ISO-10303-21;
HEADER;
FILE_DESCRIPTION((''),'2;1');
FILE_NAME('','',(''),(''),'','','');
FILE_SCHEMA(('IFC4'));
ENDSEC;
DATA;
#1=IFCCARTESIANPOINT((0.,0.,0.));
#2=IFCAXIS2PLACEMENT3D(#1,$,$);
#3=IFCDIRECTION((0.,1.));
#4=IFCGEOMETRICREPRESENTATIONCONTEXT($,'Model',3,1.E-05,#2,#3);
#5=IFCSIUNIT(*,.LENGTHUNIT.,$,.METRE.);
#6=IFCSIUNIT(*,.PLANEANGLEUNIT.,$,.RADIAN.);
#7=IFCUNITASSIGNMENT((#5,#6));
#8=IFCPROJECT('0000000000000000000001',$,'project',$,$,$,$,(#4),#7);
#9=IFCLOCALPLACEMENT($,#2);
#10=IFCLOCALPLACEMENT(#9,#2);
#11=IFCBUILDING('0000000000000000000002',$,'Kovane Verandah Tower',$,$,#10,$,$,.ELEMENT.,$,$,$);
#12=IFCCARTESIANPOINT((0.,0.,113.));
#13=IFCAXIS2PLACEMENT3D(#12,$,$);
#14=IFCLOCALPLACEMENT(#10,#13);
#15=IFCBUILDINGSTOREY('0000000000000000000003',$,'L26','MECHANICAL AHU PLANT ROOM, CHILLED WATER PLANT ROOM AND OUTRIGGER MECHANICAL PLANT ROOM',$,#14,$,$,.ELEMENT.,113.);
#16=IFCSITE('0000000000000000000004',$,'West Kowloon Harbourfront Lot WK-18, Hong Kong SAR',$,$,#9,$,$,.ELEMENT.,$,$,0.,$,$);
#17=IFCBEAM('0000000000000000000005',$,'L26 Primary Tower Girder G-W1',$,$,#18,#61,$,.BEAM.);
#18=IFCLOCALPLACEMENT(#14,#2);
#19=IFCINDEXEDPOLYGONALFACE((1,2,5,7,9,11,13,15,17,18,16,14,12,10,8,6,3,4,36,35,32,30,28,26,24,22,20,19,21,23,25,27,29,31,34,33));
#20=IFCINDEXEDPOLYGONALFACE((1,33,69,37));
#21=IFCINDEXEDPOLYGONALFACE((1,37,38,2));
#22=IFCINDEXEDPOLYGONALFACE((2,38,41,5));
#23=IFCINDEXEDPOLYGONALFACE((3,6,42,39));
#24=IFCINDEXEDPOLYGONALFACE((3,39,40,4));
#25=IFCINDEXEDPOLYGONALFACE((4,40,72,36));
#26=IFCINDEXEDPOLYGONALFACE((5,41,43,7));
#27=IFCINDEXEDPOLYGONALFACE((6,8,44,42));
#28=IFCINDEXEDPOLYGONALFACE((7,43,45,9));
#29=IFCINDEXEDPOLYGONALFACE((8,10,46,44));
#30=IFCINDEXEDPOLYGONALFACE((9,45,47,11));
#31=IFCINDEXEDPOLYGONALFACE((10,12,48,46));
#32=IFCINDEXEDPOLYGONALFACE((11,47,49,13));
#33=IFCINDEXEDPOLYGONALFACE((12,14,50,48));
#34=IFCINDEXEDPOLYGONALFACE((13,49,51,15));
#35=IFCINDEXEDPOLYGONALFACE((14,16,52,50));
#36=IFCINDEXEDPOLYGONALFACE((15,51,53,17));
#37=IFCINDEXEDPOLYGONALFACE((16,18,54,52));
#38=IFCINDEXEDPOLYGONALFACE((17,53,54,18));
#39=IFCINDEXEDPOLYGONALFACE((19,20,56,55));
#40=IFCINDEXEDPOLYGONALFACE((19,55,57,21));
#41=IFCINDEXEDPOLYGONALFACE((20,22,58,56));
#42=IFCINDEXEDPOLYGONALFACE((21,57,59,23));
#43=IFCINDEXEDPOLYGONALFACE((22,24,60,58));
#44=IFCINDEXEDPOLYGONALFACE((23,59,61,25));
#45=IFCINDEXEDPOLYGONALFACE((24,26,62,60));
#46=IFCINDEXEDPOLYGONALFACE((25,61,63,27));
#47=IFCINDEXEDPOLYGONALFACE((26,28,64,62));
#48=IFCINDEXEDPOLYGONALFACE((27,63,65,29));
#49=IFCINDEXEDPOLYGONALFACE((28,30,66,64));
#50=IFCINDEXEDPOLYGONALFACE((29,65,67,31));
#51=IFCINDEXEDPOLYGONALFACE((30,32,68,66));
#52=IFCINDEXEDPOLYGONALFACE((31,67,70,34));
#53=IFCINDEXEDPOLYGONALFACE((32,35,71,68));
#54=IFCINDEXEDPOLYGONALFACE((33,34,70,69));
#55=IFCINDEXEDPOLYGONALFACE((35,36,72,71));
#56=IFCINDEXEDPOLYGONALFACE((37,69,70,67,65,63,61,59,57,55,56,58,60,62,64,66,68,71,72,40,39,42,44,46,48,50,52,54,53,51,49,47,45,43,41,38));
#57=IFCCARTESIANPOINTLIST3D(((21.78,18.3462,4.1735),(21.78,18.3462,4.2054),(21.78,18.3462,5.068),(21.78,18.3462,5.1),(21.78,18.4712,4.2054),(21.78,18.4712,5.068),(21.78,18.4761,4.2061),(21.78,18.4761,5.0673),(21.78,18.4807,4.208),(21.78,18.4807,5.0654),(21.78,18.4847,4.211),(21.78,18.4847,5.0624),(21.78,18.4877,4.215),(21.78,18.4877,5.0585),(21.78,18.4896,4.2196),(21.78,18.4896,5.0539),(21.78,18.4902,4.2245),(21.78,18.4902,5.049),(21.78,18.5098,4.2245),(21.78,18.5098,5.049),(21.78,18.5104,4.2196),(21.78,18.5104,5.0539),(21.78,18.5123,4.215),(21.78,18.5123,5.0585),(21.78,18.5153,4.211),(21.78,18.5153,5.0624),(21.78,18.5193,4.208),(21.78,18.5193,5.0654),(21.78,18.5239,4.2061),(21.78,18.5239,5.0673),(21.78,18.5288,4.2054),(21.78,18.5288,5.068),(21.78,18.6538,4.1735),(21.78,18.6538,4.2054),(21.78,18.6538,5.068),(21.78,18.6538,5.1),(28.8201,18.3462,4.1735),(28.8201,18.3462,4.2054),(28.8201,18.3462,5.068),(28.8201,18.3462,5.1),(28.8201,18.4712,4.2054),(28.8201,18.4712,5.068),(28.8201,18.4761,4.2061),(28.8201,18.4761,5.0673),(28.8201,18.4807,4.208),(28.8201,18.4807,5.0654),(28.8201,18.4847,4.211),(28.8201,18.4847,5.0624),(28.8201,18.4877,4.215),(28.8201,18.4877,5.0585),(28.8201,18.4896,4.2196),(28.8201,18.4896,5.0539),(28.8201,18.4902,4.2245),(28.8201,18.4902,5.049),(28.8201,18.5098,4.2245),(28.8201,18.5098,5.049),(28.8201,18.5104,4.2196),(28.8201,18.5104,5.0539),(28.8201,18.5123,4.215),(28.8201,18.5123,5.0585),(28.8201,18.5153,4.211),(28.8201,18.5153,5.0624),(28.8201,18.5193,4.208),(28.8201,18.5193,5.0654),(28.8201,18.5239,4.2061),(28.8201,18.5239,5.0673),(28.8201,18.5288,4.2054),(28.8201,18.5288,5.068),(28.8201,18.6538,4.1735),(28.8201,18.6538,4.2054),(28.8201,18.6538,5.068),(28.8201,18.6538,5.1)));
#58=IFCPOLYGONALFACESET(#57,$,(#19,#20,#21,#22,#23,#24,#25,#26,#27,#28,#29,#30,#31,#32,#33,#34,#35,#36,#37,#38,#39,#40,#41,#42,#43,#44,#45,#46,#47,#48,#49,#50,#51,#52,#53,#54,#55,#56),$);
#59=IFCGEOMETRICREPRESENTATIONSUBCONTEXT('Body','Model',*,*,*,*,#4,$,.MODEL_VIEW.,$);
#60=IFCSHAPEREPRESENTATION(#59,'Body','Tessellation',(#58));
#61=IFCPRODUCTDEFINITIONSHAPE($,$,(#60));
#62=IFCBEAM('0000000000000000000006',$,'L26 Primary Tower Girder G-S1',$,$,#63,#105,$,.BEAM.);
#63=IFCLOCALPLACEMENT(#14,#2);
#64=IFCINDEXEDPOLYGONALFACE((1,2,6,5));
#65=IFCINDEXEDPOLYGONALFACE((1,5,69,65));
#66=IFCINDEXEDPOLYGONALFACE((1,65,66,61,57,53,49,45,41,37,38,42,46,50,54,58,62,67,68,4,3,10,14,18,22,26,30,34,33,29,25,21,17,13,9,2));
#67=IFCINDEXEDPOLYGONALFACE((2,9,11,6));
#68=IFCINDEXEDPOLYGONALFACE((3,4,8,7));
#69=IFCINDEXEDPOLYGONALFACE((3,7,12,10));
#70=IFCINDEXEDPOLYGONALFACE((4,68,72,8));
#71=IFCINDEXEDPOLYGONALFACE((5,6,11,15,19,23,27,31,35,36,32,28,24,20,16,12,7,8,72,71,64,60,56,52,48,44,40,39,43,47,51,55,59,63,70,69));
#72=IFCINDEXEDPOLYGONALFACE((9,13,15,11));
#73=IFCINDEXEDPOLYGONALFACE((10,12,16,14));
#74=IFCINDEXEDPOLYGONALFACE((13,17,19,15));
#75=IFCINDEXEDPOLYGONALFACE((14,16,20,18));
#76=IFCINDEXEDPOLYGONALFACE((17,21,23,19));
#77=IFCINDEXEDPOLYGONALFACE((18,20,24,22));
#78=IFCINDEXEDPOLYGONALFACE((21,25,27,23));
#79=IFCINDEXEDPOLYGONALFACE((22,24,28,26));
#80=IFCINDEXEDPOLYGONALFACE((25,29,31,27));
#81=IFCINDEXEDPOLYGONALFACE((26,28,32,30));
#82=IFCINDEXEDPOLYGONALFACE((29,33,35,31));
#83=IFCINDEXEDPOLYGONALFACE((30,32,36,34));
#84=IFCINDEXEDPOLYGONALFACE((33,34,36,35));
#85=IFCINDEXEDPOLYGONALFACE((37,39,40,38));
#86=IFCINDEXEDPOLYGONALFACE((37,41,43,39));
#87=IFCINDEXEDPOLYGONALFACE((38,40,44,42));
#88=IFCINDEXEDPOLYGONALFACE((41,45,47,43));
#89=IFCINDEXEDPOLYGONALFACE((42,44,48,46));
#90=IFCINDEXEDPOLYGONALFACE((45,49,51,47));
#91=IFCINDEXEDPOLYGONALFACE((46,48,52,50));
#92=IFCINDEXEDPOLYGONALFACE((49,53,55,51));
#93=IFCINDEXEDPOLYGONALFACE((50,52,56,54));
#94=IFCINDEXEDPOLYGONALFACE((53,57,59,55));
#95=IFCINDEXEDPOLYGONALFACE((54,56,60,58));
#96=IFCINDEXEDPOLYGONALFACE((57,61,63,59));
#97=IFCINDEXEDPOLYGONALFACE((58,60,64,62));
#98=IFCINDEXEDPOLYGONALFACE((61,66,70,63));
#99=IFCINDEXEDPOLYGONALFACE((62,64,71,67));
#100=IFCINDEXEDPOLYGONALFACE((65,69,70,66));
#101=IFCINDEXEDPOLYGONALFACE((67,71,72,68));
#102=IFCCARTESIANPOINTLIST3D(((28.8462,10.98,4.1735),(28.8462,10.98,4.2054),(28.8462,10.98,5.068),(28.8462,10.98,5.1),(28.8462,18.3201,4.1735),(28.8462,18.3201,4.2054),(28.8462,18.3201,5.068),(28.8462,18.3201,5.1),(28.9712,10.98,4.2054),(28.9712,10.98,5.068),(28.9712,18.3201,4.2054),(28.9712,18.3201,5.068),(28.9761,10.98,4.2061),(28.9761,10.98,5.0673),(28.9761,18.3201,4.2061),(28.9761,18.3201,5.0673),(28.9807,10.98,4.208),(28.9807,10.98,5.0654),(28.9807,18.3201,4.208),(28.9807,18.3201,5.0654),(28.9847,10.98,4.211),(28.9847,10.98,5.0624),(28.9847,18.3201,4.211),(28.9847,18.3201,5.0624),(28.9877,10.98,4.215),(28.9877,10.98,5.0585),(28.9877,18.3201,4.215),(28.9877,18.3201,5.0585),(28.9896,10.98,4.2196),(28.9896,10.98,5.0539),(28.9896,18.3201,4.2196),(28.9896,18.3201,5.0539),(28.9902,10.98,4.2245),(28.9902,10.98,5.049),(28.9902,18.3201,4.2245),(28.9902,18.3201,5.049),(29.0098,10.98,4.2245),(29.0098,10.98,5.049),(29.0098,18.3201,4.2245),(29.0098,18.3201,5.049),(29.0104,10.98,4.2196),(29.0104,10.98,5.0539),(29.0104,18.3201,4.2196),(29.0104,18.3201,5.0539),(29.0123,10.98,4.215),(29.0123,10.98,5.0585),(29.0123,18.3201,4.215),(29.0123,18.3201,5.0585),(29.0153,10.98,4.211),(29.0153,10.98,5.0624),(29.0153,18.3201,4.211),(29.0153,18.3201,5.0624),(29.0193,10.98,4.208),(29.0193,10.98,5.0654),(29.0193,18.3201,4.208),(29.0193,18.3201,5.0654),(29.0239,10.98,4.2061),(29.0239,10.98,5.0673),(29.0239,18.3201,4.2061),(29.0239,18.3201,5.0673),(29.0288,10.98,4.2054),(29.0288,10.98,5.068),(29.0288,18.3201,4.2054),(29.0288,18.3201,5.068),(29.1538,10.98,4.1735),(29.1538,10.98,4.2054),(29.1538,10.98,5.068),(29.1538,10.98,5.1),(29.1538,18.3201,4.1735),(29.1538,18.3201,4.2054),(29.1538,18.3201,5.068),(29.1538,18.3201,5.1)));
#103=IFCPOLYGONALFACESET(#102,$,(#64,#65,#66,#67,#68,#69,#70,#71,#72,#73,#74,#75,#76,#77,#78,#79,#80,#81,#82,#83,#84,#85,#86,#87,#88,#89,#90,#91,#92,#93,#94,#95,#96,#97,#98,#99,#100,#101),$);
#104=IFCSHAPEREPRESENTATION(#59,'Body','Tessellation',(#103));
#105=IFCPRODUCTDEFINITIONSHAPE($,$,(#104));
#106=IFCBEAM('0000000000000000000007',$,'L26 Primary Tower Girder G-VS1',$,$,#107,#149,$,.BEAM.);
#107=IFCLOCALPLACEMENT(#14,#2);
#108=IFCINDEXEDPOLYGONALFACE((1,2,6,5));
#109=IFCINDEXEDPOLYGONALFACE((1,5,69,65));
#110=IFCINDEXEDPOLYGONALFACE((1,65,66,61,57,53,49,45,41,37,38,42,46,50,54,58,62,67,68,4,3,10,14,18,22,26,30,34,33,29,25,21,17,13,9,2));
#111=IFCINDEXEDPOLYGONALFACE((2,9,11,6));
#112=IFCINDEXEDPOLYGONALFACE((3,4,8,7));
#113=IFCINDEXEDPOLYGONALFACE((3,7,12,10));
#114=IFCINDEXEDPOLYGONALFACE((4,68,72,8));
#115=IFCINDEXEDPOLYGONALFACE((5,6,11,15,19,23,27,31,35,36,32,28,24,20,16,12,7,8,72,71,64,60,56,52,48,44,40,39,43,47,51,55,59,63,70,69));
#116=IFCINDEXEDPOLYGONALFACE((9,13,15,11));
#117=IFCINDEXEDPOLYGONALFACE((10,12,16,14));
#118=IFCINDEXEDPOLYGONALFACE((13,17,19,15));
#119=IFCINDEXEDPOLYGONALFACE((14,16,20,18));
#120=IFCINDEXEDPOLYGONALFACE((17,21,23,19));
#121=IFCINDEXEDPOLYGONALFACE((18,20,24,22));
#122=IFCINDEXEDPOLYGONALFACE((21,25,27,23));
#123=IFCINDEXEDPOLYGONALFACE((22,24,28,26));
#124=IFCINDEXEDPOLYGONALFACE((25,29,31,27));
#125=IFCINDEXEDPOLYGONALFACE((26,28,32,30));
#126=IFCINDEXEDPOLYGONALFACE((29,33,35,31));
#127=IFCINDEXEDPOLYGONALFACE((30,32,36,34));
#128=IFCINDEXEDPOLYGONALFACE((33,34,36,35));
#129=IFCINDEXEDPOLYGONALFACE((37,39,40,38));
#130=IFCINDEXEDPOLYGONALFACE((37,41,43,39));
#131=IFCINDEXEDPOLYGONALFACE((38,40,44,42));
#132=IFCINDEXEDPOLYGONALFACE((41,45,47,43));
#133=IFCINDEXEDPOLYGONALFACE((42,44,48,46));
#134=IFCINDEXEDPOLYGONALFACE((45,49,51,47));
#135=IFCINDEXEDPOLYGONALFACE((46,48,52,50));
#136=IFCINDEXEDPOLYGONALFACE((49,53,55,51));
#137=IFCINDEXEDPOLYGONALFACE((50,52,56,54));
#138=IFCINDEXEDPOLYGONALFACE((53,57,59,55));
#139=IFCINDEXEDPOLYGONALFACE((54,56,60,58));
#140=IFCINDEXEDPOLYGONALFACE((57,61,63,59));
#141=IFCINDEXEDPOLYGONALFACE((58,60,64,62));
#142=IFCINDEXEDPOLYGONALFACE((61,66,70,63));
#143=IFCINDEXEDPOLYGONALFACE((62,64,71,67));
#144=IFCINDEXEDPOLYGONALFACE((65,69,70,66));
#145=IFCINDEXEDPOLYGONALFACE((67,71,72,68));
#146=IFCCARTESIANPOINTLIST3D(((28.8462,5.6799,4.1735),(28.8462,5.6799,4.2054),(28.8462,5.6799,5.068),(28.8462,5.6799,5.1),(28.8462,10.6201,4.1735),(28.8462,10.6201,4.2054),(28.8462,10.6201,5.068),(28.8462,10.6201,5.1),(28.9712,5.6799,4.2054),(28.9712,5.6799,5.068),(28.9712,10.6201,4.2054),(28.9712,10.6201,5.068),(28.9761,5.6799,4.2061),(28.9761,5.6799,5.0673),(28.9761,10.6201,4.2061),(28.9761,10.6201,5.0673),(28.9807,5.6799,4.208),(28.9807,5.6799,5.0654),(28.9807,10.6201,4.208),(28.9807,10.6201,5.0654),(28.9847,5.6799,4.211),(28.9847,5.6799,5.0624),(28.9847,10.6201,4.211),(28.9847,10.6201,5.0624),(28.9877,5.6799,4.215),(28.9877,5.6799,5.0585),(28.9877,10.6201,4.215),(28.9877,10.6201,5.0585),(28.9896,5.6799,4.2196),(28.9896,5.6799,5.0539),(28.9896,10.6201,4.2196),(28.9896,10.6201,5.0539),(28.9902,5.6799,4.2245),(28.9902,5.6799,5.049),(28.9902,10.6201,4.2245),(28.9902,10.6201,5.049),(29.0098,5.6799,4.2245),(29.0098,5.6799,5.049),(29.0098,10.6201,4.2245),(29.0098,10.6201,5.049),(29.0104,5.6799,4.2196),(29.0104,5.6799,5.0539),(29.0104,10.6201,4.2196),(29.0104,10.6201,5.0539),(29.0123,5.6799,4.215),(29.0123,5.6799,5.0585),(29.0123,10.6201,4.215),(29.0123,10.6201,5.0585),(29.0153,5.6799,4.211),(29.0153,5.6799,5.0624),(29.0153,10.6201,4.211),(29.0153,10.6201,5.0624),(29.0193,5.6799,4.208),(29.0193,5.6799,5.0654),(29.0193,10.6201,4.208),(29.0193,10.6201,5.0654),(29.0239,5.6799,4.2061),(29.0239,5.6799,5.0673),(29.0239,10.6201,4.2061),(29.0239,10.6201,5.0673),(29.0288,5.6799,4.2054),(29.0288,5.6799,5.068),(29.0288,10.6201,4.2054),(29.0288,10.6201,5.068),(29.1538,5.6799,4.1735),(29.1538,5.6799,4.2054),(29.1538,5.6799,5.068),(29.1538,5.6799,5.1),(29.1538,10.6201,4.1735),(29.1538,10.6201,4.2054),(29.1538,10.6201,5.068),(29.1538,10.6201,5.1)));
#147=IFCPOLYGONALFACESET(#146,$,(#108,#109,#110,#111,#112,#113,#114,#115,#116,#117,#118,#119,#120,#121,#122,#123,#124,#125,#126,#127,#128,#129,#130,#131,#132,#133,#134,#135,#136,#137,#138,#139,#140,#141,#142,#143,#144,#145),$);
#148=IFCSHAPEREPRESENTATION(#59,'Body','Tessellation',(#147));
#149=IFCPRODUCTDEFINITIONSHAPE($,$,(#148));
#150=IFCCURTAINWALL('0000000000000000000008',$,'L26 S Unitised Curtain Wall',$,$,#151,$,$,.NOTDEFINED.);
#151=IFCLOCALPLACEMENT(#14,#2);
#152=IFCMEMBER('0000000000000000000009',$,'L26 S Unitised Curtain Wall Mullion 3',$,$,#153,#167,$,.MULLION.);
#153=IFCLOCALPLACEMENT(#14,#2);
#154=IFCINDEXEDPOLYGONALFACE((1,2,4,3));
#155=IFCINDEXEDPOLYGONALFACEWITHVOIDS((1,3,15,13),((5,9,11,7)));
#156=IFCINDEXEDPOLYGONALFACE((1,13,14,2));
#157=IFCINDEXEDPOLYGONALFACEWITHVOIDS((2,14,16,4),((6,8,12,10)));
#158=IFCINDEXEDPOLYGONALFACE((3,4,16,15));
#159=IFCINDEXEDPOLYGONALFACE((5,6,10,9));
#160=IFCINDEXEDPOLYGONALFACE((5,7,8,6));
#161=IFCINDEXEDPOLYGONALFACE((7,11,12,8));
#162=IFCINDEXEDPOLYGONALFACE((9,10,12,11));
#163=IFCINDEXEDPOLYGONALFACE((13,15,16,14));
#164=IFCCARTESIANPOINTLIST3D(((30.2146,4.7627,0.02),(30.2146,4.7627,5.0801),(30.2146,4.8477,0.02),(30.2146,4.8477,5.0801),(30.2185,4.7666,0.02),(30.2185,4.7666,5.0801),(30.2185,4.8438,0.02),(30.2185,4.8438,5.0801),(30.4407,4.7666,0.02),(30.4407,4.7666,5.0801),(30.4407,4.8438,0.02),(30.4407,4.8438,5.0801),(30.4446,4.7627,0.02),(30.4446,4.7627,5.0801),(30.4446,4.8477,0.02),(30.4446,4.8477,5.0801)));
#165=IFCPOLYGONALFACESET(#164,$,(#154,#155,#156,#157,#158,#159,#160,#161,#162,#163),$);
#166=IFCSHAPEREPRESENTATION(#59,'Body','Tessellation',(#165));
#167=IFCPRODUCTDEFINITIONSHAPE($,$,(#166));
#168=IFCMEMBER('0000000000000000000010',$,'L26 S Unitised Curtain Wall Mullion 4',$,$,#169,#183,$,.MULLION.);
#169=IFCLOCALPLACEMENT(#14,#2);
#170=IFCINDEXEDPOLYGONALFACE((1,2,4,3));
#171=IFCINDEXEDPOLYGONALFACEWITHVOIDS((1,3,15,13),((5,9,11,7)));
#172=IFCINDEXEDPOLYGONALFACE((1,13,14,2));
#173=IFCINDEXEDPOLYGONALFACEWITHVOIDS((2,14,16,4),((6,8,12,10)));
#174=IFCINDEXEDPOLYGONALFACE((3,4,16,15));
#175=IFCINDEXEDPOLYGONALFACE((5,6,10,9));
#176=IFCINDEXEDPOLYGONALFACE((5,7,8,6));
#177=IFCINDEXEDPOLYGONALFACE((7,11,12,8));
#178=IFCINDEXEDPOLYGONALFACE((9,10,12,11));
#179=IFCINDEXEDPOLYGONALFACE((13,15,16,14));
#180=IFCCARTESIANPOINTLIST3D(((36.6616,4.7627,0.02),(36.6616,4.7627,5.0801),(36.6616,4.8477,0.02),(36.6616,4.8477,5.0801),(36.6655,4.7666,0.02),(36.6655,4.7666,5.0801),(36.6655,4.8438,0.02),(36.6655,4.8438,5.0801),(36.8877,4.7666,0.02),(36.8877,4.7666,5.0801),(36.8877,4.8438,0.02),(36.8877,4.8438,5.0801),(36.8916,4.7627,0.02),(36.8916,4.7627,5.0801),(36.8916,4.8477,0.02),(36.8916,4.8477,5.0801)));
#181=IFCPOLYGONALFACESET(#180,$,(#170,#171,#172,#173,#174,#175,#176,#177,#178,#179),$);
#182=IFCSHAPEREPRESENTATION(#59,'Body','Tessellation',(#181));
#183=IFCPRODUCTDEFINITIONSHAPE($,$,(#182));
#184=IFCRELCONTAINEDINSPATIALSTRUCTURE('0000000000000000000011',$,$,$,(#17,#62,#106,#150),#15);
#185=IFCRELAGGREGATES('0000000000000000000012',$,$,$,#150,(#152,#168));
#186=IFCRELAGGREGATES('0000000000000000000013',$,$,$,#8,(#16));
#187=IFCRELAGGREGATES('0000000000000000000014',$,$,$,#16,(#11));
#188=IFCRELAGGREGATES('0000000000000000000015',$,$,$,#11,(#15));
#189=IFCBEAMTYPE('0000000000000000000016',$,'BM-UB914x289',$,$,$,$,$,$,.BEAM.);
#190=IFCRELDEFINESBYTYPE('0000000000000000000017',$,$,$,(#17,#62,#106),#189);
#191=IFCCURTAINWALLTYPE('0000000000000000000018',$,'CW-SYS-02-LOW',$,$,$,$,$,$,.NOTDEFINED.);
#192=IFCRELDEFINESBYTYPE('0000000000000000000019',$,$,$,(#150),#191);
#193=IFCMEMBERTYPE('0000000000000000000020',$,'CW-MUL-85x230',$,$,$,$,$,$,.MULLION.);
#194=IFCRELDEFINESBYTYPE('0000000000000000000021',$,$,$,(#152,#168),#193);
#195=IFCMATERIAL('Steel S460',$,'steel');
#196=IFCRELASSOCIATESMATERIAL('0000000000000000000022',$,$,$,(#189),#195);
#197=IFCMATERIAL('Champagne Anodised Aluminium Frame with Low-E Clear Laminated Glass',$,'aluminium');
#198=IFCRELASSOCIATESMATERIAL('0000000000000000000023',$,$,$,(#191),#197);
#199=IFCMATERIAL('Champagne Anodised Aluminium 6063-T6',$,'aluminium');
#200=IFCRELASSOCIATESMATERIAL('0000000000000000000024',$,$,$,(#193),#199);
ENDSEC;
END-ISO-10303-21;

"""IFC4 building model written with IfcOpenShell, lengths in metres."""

from ifc_helpers import new_model, si_unit, direction, frame, origin, origin_2d, place, context, subcontext, project, spatial, hollow_rectangle, i_section, extrude, material, material_profile, profile_set, type_object, element, aggregate, save


model = new_model("IFC4")

# Units and contexts
model_context = context("Model", 3, precision=1e-05, world=origin(), true_north=direction((0.0, 1.0)))
body_context = subcontext(model_context, "Body", "Model", "MODEL_VIEW")
ifc_project = project(units=[si_unit("LENGTHUNIT", "METRE"), si_unit("PLANEANGLEUNIT", "RADIAN")], contexts=[model_context])

# Site, building, storey
site_placement = place(None, origin())
site = spatial("IfcSite", under=ifc_project, at=site_placement, Name="West Kowloon Harbourfront Lot WK-18, Hong Kong SAR", CompositionType="ELEMENT", RefElevation=0.0)
building_placement = place(site_placement, origin())
building = spatial("IfcBuilding", under=site, at=building_placement, Name="Kovane Verandah Tower", CompositionType="ELEMENT")
storey_placement = place(building_placement, frame((0.0, 0.0, 113.0)))
storey = spatial("IfcBuildingStorey", under=building, at=storey_placement, Name="L26", Description="MECHANICAL AHU PLANT ROOM, CHILLED WATER PLANT ROOM AND OUTRIGGER MECHANICAL PLANT ROOM", CompositionType="ELEMENT", Elevation=113.0)

# Shared definitions
ifc_material_1 = material(Name="Steel S460", Category="steel")

# Beams
ifc_material_profile_1 = material_profile(ifc_material_1, i_section(OverallWidth=0.3076, OverallDepth=0.9265, WebThickness=0.0195, FlangeThickness=0.032, FilletRadius=0.019, at=origin_2d()), Name="UB914x305x289")
ifc_profile_set_1 = profile_set([ifc_material_profile_1], Name="Steel S460")
beam_type_1 = type_object("IfcBeamType", Name="BM-UB914x289", PredefinedType="BEAM", material=ifc_profile_set_1)
beam_1_placement = place(storey_placement, frame((28.8201, 18.5, 4.6367), z_axis=(-1.0, 0.0, 0.0), x_axis=(0.0, -1.0, 0.0)))
element("IfcBeam", 1, at=beam_1_placement, inside=storey, type_object=beam_type_1, Name="L26 Primary Tower Girder G-W1", PredefinedType="BEAM", context=body_context, shape_type="SweptSolid", body=[
    extrude(i_section(OverallWidth=0.3076, OverallDepth=0.9265, WebThickness=0.0195, FlangeThickness=0.032, FilletRadius=0.019, at=origin_2d()), origin(), (0.0, 0.0, 1.0), 7.04),
])
beam_2_placement = place(storey_placement, frame((29.0, 18.3201, 4.6367), z_axis=(0.0, -1.0, 0.0), x_axis=(1.0, 0.0, 0.0)))
element("IfcBeam", 2, at=beam_2_placement, inside=storey, type_object=beam_type_1, Name="L26 Primary Tower Girder G-S1", PredefinedType="BEAM", context=body_context, shape_type="SweptSolid", body=[
    extrude(i_section(OverallWidth=0.3076, OverallDepth=0.9265, WebThickness=0.0195, FlangeThickness=0.032, FilletRadius=0.019, at=origin_2d()), origin(), (0.0, 0.0, 1.0), 7.3401),
])
beam_3_placement = place(storey_placement, frame((29.0, 10.6201, 4.6367), z_axis=(0.0, -1.0, 0.0), x_axis=(1.0, 0.0, 0.0)))
element("IfcBeam", 3, at=beam_3_placement, inside=storey, type_object=beam_type_1, Name="L26 Primary Tower Girder G-VS1", PredefinedType="BEAM", context=body_context, shape_type="SweptSolid", body=[
    extrude(i_section(OverallWidth=0.3076, OverallDepth=0.9265, WebThickness=0.0195, FlangeThickness=0.032, FilletRadius=0.019, at=origin_2d()), origin(), (0.0, 0.0, 1.0), 4.9402),
])

# Curtain wall, members
ifc_material_2 = material(Name="Champagne Anodised Aluminium Frame with Low-E Clear Laminated Glass", Category="aluminium")
curtain_wall_type = type_object("IfcCurtainWallType", Name="CW-SYS-02-LOW", PredefinedType="NOTDEFINED", material=ifc_material_2)
curtain_wall_placement = place(storey_placement, origin())
curtain_wall = element("IfcCurtainWall", 4, at=curtain_wall_placement, inside=storey, type_object=curtain_wall_type, Name="L26 S Unitised Curtain Wall", PredefinedType="NOTDEFINED")
ifc_material_3 = material(Name="Champagne Anodised Aluminium 6063-T6", Category="aluminium")
ifc_material_profile_2 = material_profile(ifc_material_3, hollow_rectangle(XDim=0.085, YDim=0.23, WallThickness=0.0039, at=origin_2d()), Name="AL85x230x4")
ifc_profile_set_2 = profile_set([ifc_material_profile_2], Name="Champagne Anodised Aluminium 6063-T6")
member_type_1 = type_object("IfcMemberType", Name="CW-MUL-85x230", PredefinedType="MULLION", material=ifc_profile_set_2)
member_1_placement = place(storey_placement, frame((30.3296, 4.8052, 0.02), z_axis=(0.0, 0.0, 1.0), x_axis=(0.0, -1.0, 0.0)))
member_1 = element("IfcMember", 5, at=member_1_placement, type_object=member_type_1, Name="L26 S Unitised Curtain Wall Mullion 3", PredefinedType="MULLION", context=body_context, shape_type="SweptSolid", body=[
    extrude(hollow_rectangle(XDim=0.085, YDim=0.23, WallThickness=0.0039, at=origin_2d()), origin(), (0.0, 0.0, 1.0), 5.0601),
])
member_2_placement = place(storey_placement, frame((36.7766, 4.8052, 0.02), z_axis=(0.0, 0.0, 1.0), x_axis=(0.0, -1.0, 0.0)))
member_2 = element("IfcMember", 6, at=member_2_placement, type_object=member_type_1, Name="L26 S Unitised Curtain Wall Mullion 4", PredefinedType="MULLION", context=body_context, shape_type="SweptSolid", body=[
    extrude(hollow_rectangle(XDim=0.085, YDim=0.23, WallThickness=0.0039, at=origin_2d()), origin(), (0.0, 0.0, 1.0), 5.0601),
])

aggregate(curtain_wall, [member_1, member_2])

save(model, "model.ifc")
